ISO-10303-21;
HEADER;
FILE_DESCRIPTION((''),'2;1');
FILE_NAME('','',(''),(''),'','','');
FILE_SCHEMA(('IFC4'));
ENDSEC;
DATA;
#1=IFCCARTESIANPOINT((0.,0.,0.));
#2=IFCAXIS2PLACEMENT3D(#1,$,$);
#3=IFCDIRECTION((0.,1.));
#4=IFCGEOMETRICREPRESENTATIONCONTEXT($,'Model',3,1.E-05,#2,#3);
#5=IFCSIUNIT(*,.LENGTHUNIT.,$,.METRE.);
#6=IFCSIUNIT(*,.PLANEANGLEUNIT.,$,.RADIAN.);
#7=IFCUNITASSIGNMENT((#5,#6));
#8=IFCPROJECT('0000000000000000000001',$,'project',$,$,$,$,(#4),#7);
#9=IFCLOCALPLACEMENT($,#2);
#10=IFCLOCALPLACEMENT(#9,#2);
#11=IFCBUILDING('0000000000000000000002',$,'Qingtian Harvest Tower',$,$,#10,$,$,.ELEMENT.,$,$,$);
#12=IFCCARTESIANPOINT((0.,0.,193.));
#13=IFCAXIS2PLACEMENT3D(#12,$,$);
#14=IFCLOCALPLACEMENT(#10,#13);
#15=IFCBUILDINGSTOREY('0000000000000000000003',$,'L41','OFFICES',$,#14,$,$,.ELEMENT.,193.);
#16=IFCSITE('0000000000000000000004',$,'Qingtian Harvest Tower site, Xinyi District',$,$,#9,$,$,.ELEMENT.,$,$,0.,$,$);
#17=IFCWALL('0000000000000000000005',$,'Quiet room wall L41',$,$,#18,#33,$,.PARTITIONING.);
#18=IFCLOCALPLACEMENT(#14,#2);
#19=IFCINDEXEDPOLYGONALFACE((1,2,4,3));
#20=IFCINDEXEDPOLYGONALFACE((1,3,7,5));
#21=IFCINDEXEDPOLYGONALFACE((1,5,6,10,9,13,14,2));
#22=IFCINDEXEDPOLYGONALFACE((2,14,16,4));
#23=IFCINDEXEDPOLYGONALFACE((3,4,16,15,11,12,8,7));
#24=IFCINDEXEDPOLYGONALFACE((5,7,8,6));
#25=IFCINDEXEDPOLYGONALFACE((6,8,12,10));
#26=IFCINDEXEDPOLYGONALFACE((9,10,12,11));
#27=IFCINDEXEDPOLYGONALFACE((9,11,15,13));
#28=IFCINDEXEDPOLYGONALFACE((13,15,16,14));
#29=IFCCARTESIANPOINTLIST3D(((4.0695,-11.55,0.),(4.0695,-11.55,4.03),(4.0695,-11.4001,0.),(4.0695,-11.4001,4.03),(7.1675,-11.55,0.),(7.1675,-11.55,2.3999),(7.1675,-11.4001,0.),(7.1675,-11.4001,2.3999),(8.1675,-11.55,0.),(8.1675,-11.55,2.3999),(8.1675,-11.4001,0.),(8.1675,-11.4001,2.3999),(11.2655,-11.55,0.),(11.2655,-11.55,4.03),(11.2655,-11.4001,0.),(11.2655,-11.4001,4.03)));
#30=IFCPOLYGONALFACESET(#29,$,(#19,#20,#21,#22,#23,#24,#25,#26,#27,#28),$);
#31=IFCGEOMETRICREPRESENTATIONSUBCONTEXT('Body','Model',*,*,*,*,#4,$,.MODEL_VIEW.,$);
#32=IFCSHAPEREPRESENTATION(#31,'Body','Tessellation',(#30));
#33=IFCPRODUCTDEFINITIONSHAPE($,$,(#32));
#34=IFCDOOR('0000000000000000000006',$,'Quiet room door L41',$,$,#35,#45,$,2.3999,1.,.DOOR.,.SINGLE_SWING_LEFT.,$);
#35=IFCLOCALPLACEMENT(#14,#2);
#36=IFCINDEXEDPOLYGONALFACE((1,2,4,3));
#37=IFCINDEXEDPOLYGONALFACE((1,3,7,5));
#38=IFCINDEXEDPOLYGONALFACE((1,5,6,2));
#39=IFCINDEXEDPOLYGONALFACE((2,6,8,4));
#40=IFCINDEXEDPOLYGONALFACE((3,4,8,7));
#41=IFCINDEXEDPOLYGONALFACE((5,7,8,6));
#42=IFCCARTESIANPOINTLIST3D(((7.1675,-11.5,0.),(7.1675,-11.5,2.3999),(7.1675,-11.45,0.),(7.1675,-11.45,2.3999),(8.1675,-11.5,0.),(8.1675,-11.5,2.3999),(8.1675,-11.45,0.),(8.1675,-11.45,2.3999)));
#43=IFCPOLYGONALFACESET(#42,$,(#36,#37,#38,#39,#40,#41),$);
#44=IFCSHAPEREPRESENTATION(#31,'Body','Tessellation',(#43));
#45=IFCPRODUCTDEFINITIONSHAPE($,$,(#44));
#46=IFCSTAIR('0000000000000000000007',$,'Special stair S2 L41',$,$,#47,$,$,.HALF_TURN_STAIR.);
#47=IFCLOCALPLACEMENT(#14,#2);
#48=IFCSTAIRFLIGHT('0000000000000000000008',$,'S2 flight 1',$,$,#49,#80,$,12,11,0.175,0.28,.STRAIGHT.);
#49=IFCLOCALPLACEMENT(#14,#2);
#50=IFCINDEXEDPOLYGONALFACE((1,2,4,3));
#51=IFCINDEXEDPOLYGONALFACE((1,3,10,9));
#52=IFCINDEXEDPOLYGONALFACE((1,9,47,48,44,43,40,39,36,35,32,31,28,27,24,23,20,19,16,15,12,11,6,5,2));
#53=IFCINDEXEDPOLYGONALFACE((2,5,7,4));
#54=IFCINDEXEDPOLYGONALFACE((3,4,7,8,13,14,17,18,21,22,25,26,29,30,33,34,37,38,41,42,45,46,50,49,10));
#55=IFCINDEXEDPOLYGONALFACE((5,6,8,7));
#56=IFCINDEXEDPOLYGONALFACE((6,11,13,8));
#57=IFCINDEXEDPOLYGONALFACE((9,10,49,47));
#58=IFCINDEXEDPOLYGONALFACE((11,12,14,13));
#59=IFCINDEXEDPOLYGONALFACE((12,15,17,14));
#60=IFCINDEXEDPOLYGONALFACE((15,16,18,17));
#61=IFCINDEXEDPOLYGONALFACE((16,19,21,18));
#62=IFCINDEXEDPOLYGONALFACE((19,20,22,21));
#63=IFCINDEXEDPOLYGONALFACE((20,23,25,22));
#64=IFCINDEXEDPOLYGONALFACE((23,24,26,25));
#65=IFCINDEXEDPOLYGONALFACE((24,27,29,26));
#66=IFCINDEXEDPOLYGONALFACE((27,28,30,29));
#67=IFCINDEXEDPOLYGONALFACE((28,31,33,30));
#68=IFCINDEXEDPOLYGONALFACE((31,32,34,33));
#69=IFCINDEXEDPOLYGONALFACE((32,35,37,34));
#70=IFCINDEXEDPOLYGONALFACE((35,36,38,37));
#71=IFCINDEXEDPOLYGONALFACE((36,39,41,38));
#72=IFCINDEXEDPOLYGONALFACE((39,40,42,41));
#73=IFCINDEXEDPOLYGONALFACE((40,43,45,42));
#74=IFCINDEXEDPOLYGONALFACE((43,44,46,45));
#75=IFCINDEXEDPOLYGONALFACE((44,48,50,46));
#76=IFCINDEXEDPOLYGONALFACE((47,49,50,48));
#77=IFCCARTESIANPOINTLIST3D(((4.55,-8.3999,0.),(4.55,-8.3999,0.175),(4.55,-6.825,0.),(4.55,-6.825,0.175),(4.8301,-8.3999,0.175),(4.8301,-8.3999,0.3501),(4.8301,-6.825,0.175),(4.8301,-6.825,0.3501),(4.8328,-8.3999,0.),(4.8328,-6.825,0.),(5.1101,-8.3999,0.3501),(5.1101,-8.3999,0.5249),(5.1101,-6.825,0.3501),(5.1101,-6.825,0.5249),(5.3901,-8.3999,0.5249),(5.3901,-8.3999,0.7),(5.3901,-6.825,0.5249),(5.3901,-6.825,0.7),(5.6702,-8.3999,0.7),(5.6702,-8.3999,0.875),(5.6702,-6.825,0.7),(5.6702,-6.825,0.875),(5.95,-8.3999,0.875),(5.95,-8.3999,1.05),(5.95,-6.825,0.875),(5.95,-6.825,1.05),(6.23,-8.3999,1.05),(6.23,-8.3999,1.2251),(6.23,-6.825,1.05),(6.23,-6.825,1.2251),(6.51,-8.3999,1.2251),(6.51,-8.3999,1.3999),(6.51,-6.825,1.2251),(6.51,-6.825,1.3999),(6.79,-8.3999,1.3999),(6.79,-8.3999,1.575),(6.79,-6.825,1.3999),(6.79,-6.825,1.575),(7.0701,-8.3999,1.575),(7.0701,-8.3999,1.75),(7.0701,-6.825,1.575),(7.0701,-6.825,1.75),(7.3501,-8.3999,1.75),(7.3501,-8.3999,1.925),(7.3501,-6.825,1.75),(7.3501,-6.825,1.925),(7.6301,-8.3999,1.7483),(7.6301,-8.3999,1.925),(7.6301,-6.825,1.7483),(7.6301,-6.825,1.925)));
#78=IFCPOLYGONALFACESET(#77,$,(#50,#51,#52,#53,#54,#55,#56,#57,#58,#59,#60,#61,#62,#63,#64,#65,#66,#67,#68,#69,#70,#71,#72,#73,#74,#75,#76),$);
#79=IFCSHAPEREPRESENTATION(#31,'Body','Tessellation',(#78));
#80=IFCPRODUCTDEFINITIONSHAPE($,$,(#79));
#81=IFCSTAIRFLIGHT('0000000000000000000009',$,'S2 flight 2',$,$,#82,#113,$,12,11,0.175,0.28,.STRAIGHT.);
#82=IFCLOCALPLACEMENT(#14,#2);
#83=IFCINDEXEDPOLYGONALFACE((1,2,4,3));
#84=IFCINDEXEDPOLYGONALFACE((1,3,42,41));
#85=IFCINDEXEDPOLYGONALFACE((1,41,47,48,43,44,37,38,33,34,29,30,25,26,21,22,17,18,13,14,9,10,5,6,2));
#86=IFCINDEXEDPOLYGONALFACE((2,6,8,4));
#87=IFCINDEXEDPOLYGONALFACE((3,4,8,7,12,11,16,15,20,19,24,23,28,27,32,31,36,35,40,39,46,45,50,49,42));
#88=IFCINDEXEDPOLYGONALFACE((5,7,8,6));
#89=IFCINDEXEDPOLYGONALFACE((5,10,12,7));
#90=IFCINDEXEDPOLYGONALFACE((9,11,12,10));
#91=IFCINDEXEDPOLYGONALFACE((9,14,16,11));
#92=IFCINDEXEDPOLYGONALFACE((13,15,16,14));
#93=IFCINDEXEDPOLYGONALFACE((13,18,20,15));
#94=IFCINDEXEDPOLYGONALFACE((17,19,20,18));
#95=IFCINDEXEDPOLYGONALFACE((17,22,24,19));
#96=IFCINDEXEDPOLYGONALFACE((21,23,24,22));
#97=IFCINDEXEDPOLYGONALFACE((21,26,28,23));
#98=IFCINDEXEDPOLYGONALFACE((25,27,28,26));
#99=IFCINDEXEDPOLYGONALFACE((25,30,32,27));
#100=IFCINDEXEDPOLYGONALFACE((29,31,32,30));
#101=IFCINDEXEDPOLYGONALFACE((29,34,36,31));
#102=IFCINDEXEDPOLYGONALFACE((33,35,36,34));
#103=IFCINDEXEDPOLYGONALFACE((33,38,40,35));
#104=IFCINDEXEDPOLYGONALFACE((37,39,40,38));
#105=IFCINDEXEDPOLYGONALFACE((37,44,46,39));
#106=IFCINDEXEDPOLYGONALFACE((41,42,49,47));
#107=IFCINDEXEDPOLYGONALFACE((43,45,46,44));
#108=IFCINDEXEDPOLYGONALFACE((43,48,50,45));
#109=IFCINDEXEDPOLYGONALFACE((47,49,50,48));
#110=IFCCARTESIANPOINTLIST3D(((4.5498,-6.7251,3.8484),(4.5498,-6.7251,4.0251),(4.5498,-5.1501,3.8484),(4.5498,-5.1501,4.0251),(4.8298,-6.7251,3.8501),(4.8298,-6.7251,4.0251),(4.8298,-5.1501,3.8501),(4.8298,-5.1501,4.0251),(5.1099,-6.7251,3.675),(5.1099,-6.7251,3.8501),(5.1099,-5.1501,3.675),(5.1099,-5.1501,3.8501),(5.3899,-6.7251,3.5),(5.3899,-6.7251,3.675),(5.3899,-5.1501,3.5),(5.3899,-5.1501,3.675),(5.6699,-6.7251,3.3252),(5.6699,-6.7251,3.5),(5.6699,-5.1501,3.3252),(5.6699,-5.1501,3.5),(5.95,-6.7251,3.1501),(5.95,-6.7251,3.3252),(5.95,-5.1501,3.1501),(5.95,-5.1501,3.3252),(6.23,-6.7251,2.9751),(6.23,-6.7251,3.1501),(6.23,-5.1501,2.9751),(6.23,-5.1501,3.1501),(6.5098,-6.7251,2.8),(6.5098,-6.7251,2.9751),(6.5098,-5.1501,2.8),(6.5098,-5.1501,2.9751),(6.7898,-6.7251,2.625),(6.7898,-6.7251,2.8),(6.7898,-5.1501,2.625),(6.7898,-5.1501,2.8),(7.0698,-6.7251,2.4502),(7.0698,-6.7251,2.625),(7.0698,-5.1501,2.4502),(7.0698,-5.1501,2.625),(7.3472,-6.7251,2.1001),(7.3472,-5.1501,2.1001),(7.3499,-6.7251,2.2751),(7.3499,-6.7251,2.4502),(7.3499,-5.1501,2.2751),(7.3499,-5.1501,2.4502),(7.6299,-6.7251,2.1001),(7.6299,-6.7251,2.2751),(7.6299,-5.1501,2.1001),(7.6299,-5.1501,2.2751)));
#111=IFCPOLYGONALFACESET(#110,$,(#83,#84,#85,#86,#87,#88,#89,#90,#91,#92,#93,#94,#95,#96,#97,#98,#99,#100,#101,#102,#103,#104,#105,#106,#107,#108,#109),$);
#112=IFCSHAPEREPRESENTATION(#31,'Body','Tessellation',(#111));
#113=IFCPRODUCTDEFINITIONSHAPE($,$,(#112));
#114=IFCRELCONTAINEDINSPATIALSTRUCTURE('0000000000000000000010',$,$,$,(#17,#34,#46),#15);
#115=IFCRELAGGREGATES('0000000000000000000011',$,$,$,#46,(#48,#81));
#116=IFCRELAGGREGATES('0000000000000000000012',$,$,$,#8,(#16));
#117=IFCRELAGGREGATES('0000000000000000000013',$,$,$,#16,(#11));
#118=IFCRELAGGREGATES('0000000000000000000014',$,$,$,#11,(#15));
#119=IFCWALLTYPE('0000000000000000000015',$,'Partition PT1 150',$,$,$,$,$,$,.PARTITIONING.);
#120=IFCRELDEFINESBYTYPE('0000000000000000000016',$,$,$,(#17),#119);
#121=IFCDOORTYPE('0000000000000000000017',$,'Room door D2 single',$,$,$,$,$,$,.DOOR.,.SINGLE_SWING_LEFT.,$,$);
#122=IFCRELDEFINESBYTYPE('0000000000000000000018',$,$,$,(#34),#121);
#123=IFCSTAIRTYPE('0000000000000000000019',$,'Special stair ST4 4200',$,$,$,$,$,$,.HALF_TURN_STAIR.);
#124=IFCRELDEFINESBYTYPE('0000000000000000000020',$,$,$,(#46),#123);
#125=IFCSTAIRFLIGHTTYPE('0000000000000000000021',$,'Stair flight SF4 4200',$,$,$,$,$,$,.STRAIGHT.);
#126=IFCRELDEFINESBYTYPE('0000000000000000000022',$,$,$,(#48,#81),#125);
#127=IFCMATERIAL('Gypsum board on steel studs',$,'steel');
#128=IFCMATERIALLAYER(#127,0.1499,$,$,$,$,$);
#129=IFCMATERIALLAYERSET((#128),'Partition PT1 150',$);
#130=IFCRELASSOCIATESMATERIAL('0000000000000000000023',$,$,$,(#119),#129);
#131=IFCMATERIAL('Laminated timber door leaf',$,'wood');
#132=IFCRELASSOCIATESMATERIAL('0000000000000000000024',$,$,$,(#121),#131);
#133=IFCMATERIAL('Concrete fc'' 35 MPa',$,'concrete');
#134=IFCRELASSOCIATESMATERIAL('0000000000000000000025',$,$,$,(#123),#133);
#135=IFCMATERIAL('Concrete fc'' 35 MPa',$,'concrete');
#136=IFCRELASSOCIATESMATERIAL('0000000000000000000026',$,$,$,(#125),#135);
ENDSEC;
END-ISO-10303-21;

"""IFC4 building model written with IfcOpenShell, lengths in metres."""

from ifc_helpers import new_model, si_unit, direction, frame, frame_2d, origin, place, context, subcontext, project, spatial, polyline, rectangle, outline, extrude, material, layer, layer_set, type_object, element, fill, aggregate, save


model = new_model("IFC4")

# Units and contexts
model_context = context("Model", 3, precision=1e-05, world=origin(), true_north=direction((0.0, 1.0)))
body_context = subcontext(model_context, "Body", "Model", "MODEL_VIEW")
ifc_project = project(units=[si_unit("LENGTHUNIT", "METRE"), si_unit("PLANEANGLEUNIT", "RADIAN")], contexts=[model_context])

# Site, building, storey
site_placement = place(None, origin())
site = spatial("IfcSite", under=ifc_project, at=site_placement, Name="Qingtian Harvest Tower site, Xinyi District", CompositionType="ELEMENT", RefElevation=0.0)
building_placement = place(site_placement, origin())
building = spatial("IfcBuilding", under=site, at=building_placement, Name="Qingtian Harvest Tower", CompositionType="ELEMENT")
storey_placement = place(building_placement, frame((0.0, 0.0, 193.0)))
storey = spatial("IfcBuildingStorey", under=building, at=storey_placement, Name="L41", Description="OFFICES", CompositionType="ELEMENT", Elevation=193.0)

# Wall, opening, door
ifc_material_1 = material(Name="Gypsum board on steel studs", Category="steel")
ifc_layer_1 = layer(ifc_material_1, 0.1499)
ifc_layer_set_1 = layer_set([ifc_layer_1], Name="Partition PT1 150")
wall_type_1 = type_object("IfcWallType", Name="Partition PT1 150", PredefinedType="PARTITIONING", material=ifc_layer_set_1)
wall_1_placement = place(storey_placement, frame((11.2656, -11.4751, 0.0), z_axis=(0.0, 0.0, 1.0), x_axis=(-1.0, 0.0, 0.0)))
wall_1 = element("IfcWall", 1, at=wall_1_placement, inside=storey, type_object=wall_type_1, Name="Quiet room wall L41", PredefinedType="PARTITIONING", context=body_context, shape_type="SweptSolid", body=[
    extrude(rectangle(XDim=7.196, YDim=0.1499, at=frame_2d((3.5981, 0.0))), origin(), (0.0, 0.0, 1.0), 4.03),
])
opening_1_placement = place(wall_1_placement, frame((3.0981, 0.0, 0.0)))
opening_1 = element("IfcOpeningElement", 2, at=opening_1_placement, cuts=wall_1, PredefinedType="OPENING", context=body_context, shape_type="SweptSolid", body=[
    extrude(rectangle(XDim=1.0, YDim=2.3999, at=frame_2d((0.5, 1.2))), frame((0.0, 0.085, 0.0), z_axis=(0.0, -1.0, 0.0), x_axis=(1.0, 0.0, 0.0)), (0.0, 0.0, 1.0), 0.1699),
])
ifc_material_2 = material(Name="Laminated timber door leaf", Category="wood")
door_type_1 = type_object("IfcDoorType", Name="Room door D2 single", OperationType="SINGLE_SWING_LEFT", PredefinedType="DOOR", material=ifc_material_2)
door_1_placement = place(opening_1_placement, origin())
door_1 = element("IfcDoor", 3, at=door_1_placement, inside=storey, type_object=door_type_1, Name="Quiet room door L41", OperationType="SINGLE_SWING_LEFT", OverallHeight=2.3999, OverallWidth=1.0, PredefinedType="DOOR", context=body_context, shape_type="SweptSolid", body=[
    extrude(rectangle(XDim=1.0, YDim=2.3999, at=frame_2d((0.5, 1.2))), frame((0.0, 0.0249, 0.0), z_axis=(0.0, -1.0, 0.0), x_axis=(1.0, 0.0, 0.0)), (0.0, 0.0, 1.0), 0.05),
])
fill(opening_1, door_1)

# Stair, stair flights
ifc_material_3 = material(Name="Concrete fc' 35 MPa", Category="concrete")
stair_type = type_object("IfcStairType", Name="Special stair ST4 4200", PredefinedType="HALF_TURN_STAIR", material=ifc_material_3)
stair_placement = place(storey_placement, origin())
stair = element("IfcStair", 4, at=stair_placement, inside=storey, type_object=stair_type, Name="Special stair S2 L41", PredefinedType="HALF_TURN_STAIR")
ifc_material_4 = material(Name="Concrete fc' 35 MPa", Category="concrete")
stair_flight_type = type_object("IfcStairFlightType", Name="Stair flight SF4 4200", PredefinedType="STRAIGHT", material=ifc_material_4)
stair_flight_1_placement = place(storey_placement, frame((4.55, -7.6125, 0.0), z_axis=(0.0, 0.0, 1.0), x_axis=(1.0, 0.0, 0.0)))
stair_flight_1 = element("IfcStairFlight", 5, at=stair_flight_1_placement, type_object=stair_flight_type, Name="S2 flight 1", NumberOfRisers=12, NumberOfTreads=11, PredefinedType="STRAIGHT", RiserHeight=0.175, TreadLength=0.28, context=body_context, shape_type="SweptSolid", body=[
    extrude(outline(polyline([(0.0, 0.0), (0.0, 0.175), (0.28, 0.175), (0.28, 0.3501), (0.5601, 0.3501), (0.5601, 0.5249), (0.8401, 0.5249), (0.8401, 0.7), (1.1201, 0.7), (1.1201, 0.875), (1.3999, 0.875), (1.3999, 1.05), (1.6799, 1.05), (1.6799, 1.2251), (1.96, 1.2251), (1.96, 1.3999), (2.24, 1.3999), (2.24, 1.575), (2.52, 1.575), (2.52, 1.75), (2.8, 1.75), (2.8, 1.925), (3.0801, 1.925), (3.0801, 2.1001), (3.0801, 1.7483), (0.2827, 0.0), (0.0, 0.0)])), frame((0.0, 0.7876, 0.0), z_axis=(0.0, -1.0, 0.0), x_axis=(1.0, 0.0, 0.0)), (0.0, 0.0, 1.0), 1.575),
])
stair_flight_2_placement = place(storey_placement, frame((7.6299, -5.9375, 2.1001), z_axis=(0.0, 0.0, 1.0), x_axis=(-1.0, 0.0, 0.0)))
stair_flight_2 = element("IfcStairFlight", 6, at=stair_flight_2_placement, type_object=stair_flight_type, Name="S2 flight 2", NumberOfRisers=12, NumberOfTreads=11, PredefinedType="STRAIGHT", RiserHeight=0.175, TreadLength=0.28, context=body_context, shape_type="SweptSolid", body=[
    extrude(outline(polyline([(0.0, 0.0), (0.0, 0.175), (0.28, 0.175), (0.28, 0.3501), (0.5601, 0.3501), (0.5601, 0.5249), (0.8401, 0.5249), (0.8401, 0.7), (1.1201, 0.7), (1.1201, 0.875), (1.3999, 0.875), (1.3999, 1.05), (1.6799, 1.05), (1.6799, 1.2251), (1.96, 1.2251), (1.96, 1.3999), (2.24, 1.3999), (2.24, 1.575), (2.52, 1.575), (2.52, 1.75), (2.8, 1.75), (2.8, 1.925), (3.0801, 1.925), (3.0801, 2.1001), (3.0801, 1.7483), (0.2827, 0.0), (0.0, 0.0)])), frame((0.0, 0.7876, 0.0), z_axis=(0.0, -1.0, 0.0), x_axis=(1.0, 0.0, 0.0)), (0.0, 0.0, 1.0), 1.575),
])
aggregate(stair, [stair_flight_1, stair_flight_2])

save(model, "model.ifc")
